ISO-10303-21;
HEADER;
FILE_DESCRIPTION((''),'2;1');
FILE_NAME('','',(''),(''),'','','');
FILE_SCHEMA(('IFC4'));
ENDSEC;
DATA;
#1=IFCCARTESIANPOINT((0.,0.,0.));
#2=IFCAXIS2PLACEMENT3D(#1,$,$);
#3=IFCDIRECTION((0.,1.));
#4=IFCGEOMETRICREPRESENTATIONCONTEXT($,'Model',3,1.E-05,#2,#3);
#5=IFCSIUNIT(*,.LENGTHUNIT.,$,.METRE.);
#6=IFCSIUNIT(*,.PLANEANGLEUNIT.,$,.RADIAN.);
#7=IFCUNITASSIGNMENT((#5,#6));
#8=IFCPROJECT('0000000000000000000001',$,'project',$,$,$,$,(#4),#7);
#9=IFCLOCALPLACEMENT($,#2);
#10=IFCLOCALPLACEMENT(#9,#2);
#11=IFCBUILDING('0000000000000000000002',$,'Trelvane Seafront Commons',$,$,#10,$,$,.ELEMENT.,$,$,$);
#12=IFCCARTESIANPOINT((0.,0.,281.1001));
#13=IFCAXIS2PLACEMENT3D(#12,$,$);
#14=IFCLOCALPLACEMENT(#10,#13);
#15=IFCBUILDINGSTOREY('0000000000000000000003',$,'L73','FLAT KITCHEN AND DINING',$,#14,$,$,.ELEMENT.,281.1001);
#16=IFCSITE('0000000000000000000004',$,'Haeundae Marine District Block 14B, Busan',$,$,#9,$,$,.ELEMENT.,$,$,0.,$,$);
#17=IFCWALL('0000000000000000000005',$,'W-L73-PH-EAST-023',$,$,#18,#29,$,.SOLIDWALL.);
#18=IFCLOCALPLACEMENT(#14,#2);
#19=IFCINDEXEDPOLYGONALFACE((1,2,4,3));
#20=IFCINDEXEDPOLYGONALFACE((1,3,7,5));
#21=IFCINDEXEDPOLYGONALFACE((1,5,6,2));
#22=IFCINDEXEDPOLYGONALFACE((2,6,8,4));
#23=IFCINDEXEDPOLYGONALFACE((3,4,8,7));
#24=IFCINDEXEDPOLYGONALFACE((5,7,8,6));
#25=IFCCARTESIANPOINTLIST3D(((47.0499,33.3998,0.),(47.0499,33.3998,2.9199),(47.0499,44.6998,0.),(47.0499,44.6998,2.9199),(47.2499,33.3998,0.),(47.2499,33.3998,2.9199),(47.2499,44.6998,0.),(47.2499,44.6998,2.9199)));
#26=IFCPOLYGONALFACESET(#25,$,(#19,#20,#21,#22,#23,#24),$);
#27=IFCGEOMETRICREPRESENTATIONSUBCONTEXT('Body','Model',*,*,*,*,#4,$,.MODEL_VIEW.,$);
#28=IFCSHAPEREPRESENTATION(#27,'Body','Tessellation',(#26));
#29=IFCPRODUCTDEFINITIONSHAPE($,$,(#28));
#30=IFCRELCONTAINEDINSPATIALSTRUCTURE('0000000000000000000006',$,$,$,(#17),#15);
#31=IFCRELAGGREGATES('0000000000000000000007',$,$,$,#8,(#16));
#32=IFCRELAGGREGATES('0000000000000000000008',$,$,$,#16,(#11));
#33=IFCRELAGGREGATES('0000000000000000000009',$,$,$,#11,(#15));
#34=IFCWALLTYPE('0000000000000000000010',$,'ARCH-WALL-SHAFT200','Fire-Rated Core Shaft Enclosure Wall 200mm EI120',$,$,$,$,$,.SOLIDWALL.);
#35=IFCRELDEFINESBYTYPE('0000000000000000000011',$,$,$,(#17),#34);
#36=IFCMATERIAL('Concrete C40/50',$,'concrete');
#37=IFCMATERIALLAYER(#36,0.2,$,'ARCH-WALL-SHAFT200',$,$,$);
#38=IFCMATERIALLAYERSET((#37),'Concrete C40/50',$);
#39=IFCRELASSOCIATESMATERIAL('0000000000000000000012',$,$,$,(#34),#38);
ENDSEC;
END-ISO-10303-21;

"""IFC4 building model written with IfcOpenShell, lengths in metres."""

from ifc_helpers import new_model, si_unit, direction, frame, frame_2d, origin, place, context, subcontext, project, spatial, rectangle, extrude, material, layer, layer_set, type_object, element, save


model = new_model("IFC4")

# Units and contexts
model_context = context("Model", 3, precision=1e-05, world=origin(), true_north=direction((0.0, 1.0)))
body_context = subcontext(model_context, "Body", "Model", "MODEL_VIEW")
ifc_project = project(units=[si_unit("LENGTHUNIT", "METRE"), si_unit("PLANEANGLEUNIT", "RADIAN")], contexts=[model_context])

# Site, building, storey
site_placement = place(None, origin())
site = spatial("IfcSite", under=ifc_project, at=site_placement, Name="Haeundae Marine District Block 14B, Busan", CompositionType="ELEMENT", RefElevation=0.0)
building_placement = place(site_placement, origin())
building = spatial("IfcBuilding", under=site, at=building_placement, Name="Trelvane Seafront Commons", CompositionType="ELEMENT")
storey_placement = place(building_placement, frame((0.0, 0.0, 281.1001)))
storey = spatial("IfcBuildingStorey", under=building, at=storey_placement, Name="L73", Description="FLAT KITCHEN AND DINING", CompositionType="ELEMENT", Elevation=281.1001)

# Shared definitions
ifc_material_1 = material(Name="Concrete C40/50", Category="concrete")

# Wall
ifc_layer_1 = layer(ifc_material_1, 0.2, Name="ARCH-WALL-SHAFT200")
ifc_layer_set_1 = layer_set([ifc_layer_1], Name="Concrete C40/50")
wall_type_1 = type_object("IfcWallType", Name="ARCH-WALL-SHAFT200", Description="Fire-Rated Core Shaft Enclosure Wall 200mm EI120", PredefinedType="SOLIDWALL", material=ifc_layer_set_1)
wall_1_placement = place(storey_placement, frame((47.1499, 33.3999, 0.0), z_axis=(0.0, 0.0, 1.0), x_axis=(0.0, 1.0, 0.0)))
element("IfcWall", 1, at=wall_1_placement, inside=storey, type_object=wall_type_1, Name="W-L73-PH-EAST-023", PredefinedType="SOLIDWALL", context=body_context, shape_type="SweptSolid", body=[
    extrude(rectangle(XDim=11.3, YDim=0.2, at=frame_2d((5.6499, 0.0))), origin(), (0.0, 0.0, 1.0), 2.9199),
])

save(model, "model.ifc")
